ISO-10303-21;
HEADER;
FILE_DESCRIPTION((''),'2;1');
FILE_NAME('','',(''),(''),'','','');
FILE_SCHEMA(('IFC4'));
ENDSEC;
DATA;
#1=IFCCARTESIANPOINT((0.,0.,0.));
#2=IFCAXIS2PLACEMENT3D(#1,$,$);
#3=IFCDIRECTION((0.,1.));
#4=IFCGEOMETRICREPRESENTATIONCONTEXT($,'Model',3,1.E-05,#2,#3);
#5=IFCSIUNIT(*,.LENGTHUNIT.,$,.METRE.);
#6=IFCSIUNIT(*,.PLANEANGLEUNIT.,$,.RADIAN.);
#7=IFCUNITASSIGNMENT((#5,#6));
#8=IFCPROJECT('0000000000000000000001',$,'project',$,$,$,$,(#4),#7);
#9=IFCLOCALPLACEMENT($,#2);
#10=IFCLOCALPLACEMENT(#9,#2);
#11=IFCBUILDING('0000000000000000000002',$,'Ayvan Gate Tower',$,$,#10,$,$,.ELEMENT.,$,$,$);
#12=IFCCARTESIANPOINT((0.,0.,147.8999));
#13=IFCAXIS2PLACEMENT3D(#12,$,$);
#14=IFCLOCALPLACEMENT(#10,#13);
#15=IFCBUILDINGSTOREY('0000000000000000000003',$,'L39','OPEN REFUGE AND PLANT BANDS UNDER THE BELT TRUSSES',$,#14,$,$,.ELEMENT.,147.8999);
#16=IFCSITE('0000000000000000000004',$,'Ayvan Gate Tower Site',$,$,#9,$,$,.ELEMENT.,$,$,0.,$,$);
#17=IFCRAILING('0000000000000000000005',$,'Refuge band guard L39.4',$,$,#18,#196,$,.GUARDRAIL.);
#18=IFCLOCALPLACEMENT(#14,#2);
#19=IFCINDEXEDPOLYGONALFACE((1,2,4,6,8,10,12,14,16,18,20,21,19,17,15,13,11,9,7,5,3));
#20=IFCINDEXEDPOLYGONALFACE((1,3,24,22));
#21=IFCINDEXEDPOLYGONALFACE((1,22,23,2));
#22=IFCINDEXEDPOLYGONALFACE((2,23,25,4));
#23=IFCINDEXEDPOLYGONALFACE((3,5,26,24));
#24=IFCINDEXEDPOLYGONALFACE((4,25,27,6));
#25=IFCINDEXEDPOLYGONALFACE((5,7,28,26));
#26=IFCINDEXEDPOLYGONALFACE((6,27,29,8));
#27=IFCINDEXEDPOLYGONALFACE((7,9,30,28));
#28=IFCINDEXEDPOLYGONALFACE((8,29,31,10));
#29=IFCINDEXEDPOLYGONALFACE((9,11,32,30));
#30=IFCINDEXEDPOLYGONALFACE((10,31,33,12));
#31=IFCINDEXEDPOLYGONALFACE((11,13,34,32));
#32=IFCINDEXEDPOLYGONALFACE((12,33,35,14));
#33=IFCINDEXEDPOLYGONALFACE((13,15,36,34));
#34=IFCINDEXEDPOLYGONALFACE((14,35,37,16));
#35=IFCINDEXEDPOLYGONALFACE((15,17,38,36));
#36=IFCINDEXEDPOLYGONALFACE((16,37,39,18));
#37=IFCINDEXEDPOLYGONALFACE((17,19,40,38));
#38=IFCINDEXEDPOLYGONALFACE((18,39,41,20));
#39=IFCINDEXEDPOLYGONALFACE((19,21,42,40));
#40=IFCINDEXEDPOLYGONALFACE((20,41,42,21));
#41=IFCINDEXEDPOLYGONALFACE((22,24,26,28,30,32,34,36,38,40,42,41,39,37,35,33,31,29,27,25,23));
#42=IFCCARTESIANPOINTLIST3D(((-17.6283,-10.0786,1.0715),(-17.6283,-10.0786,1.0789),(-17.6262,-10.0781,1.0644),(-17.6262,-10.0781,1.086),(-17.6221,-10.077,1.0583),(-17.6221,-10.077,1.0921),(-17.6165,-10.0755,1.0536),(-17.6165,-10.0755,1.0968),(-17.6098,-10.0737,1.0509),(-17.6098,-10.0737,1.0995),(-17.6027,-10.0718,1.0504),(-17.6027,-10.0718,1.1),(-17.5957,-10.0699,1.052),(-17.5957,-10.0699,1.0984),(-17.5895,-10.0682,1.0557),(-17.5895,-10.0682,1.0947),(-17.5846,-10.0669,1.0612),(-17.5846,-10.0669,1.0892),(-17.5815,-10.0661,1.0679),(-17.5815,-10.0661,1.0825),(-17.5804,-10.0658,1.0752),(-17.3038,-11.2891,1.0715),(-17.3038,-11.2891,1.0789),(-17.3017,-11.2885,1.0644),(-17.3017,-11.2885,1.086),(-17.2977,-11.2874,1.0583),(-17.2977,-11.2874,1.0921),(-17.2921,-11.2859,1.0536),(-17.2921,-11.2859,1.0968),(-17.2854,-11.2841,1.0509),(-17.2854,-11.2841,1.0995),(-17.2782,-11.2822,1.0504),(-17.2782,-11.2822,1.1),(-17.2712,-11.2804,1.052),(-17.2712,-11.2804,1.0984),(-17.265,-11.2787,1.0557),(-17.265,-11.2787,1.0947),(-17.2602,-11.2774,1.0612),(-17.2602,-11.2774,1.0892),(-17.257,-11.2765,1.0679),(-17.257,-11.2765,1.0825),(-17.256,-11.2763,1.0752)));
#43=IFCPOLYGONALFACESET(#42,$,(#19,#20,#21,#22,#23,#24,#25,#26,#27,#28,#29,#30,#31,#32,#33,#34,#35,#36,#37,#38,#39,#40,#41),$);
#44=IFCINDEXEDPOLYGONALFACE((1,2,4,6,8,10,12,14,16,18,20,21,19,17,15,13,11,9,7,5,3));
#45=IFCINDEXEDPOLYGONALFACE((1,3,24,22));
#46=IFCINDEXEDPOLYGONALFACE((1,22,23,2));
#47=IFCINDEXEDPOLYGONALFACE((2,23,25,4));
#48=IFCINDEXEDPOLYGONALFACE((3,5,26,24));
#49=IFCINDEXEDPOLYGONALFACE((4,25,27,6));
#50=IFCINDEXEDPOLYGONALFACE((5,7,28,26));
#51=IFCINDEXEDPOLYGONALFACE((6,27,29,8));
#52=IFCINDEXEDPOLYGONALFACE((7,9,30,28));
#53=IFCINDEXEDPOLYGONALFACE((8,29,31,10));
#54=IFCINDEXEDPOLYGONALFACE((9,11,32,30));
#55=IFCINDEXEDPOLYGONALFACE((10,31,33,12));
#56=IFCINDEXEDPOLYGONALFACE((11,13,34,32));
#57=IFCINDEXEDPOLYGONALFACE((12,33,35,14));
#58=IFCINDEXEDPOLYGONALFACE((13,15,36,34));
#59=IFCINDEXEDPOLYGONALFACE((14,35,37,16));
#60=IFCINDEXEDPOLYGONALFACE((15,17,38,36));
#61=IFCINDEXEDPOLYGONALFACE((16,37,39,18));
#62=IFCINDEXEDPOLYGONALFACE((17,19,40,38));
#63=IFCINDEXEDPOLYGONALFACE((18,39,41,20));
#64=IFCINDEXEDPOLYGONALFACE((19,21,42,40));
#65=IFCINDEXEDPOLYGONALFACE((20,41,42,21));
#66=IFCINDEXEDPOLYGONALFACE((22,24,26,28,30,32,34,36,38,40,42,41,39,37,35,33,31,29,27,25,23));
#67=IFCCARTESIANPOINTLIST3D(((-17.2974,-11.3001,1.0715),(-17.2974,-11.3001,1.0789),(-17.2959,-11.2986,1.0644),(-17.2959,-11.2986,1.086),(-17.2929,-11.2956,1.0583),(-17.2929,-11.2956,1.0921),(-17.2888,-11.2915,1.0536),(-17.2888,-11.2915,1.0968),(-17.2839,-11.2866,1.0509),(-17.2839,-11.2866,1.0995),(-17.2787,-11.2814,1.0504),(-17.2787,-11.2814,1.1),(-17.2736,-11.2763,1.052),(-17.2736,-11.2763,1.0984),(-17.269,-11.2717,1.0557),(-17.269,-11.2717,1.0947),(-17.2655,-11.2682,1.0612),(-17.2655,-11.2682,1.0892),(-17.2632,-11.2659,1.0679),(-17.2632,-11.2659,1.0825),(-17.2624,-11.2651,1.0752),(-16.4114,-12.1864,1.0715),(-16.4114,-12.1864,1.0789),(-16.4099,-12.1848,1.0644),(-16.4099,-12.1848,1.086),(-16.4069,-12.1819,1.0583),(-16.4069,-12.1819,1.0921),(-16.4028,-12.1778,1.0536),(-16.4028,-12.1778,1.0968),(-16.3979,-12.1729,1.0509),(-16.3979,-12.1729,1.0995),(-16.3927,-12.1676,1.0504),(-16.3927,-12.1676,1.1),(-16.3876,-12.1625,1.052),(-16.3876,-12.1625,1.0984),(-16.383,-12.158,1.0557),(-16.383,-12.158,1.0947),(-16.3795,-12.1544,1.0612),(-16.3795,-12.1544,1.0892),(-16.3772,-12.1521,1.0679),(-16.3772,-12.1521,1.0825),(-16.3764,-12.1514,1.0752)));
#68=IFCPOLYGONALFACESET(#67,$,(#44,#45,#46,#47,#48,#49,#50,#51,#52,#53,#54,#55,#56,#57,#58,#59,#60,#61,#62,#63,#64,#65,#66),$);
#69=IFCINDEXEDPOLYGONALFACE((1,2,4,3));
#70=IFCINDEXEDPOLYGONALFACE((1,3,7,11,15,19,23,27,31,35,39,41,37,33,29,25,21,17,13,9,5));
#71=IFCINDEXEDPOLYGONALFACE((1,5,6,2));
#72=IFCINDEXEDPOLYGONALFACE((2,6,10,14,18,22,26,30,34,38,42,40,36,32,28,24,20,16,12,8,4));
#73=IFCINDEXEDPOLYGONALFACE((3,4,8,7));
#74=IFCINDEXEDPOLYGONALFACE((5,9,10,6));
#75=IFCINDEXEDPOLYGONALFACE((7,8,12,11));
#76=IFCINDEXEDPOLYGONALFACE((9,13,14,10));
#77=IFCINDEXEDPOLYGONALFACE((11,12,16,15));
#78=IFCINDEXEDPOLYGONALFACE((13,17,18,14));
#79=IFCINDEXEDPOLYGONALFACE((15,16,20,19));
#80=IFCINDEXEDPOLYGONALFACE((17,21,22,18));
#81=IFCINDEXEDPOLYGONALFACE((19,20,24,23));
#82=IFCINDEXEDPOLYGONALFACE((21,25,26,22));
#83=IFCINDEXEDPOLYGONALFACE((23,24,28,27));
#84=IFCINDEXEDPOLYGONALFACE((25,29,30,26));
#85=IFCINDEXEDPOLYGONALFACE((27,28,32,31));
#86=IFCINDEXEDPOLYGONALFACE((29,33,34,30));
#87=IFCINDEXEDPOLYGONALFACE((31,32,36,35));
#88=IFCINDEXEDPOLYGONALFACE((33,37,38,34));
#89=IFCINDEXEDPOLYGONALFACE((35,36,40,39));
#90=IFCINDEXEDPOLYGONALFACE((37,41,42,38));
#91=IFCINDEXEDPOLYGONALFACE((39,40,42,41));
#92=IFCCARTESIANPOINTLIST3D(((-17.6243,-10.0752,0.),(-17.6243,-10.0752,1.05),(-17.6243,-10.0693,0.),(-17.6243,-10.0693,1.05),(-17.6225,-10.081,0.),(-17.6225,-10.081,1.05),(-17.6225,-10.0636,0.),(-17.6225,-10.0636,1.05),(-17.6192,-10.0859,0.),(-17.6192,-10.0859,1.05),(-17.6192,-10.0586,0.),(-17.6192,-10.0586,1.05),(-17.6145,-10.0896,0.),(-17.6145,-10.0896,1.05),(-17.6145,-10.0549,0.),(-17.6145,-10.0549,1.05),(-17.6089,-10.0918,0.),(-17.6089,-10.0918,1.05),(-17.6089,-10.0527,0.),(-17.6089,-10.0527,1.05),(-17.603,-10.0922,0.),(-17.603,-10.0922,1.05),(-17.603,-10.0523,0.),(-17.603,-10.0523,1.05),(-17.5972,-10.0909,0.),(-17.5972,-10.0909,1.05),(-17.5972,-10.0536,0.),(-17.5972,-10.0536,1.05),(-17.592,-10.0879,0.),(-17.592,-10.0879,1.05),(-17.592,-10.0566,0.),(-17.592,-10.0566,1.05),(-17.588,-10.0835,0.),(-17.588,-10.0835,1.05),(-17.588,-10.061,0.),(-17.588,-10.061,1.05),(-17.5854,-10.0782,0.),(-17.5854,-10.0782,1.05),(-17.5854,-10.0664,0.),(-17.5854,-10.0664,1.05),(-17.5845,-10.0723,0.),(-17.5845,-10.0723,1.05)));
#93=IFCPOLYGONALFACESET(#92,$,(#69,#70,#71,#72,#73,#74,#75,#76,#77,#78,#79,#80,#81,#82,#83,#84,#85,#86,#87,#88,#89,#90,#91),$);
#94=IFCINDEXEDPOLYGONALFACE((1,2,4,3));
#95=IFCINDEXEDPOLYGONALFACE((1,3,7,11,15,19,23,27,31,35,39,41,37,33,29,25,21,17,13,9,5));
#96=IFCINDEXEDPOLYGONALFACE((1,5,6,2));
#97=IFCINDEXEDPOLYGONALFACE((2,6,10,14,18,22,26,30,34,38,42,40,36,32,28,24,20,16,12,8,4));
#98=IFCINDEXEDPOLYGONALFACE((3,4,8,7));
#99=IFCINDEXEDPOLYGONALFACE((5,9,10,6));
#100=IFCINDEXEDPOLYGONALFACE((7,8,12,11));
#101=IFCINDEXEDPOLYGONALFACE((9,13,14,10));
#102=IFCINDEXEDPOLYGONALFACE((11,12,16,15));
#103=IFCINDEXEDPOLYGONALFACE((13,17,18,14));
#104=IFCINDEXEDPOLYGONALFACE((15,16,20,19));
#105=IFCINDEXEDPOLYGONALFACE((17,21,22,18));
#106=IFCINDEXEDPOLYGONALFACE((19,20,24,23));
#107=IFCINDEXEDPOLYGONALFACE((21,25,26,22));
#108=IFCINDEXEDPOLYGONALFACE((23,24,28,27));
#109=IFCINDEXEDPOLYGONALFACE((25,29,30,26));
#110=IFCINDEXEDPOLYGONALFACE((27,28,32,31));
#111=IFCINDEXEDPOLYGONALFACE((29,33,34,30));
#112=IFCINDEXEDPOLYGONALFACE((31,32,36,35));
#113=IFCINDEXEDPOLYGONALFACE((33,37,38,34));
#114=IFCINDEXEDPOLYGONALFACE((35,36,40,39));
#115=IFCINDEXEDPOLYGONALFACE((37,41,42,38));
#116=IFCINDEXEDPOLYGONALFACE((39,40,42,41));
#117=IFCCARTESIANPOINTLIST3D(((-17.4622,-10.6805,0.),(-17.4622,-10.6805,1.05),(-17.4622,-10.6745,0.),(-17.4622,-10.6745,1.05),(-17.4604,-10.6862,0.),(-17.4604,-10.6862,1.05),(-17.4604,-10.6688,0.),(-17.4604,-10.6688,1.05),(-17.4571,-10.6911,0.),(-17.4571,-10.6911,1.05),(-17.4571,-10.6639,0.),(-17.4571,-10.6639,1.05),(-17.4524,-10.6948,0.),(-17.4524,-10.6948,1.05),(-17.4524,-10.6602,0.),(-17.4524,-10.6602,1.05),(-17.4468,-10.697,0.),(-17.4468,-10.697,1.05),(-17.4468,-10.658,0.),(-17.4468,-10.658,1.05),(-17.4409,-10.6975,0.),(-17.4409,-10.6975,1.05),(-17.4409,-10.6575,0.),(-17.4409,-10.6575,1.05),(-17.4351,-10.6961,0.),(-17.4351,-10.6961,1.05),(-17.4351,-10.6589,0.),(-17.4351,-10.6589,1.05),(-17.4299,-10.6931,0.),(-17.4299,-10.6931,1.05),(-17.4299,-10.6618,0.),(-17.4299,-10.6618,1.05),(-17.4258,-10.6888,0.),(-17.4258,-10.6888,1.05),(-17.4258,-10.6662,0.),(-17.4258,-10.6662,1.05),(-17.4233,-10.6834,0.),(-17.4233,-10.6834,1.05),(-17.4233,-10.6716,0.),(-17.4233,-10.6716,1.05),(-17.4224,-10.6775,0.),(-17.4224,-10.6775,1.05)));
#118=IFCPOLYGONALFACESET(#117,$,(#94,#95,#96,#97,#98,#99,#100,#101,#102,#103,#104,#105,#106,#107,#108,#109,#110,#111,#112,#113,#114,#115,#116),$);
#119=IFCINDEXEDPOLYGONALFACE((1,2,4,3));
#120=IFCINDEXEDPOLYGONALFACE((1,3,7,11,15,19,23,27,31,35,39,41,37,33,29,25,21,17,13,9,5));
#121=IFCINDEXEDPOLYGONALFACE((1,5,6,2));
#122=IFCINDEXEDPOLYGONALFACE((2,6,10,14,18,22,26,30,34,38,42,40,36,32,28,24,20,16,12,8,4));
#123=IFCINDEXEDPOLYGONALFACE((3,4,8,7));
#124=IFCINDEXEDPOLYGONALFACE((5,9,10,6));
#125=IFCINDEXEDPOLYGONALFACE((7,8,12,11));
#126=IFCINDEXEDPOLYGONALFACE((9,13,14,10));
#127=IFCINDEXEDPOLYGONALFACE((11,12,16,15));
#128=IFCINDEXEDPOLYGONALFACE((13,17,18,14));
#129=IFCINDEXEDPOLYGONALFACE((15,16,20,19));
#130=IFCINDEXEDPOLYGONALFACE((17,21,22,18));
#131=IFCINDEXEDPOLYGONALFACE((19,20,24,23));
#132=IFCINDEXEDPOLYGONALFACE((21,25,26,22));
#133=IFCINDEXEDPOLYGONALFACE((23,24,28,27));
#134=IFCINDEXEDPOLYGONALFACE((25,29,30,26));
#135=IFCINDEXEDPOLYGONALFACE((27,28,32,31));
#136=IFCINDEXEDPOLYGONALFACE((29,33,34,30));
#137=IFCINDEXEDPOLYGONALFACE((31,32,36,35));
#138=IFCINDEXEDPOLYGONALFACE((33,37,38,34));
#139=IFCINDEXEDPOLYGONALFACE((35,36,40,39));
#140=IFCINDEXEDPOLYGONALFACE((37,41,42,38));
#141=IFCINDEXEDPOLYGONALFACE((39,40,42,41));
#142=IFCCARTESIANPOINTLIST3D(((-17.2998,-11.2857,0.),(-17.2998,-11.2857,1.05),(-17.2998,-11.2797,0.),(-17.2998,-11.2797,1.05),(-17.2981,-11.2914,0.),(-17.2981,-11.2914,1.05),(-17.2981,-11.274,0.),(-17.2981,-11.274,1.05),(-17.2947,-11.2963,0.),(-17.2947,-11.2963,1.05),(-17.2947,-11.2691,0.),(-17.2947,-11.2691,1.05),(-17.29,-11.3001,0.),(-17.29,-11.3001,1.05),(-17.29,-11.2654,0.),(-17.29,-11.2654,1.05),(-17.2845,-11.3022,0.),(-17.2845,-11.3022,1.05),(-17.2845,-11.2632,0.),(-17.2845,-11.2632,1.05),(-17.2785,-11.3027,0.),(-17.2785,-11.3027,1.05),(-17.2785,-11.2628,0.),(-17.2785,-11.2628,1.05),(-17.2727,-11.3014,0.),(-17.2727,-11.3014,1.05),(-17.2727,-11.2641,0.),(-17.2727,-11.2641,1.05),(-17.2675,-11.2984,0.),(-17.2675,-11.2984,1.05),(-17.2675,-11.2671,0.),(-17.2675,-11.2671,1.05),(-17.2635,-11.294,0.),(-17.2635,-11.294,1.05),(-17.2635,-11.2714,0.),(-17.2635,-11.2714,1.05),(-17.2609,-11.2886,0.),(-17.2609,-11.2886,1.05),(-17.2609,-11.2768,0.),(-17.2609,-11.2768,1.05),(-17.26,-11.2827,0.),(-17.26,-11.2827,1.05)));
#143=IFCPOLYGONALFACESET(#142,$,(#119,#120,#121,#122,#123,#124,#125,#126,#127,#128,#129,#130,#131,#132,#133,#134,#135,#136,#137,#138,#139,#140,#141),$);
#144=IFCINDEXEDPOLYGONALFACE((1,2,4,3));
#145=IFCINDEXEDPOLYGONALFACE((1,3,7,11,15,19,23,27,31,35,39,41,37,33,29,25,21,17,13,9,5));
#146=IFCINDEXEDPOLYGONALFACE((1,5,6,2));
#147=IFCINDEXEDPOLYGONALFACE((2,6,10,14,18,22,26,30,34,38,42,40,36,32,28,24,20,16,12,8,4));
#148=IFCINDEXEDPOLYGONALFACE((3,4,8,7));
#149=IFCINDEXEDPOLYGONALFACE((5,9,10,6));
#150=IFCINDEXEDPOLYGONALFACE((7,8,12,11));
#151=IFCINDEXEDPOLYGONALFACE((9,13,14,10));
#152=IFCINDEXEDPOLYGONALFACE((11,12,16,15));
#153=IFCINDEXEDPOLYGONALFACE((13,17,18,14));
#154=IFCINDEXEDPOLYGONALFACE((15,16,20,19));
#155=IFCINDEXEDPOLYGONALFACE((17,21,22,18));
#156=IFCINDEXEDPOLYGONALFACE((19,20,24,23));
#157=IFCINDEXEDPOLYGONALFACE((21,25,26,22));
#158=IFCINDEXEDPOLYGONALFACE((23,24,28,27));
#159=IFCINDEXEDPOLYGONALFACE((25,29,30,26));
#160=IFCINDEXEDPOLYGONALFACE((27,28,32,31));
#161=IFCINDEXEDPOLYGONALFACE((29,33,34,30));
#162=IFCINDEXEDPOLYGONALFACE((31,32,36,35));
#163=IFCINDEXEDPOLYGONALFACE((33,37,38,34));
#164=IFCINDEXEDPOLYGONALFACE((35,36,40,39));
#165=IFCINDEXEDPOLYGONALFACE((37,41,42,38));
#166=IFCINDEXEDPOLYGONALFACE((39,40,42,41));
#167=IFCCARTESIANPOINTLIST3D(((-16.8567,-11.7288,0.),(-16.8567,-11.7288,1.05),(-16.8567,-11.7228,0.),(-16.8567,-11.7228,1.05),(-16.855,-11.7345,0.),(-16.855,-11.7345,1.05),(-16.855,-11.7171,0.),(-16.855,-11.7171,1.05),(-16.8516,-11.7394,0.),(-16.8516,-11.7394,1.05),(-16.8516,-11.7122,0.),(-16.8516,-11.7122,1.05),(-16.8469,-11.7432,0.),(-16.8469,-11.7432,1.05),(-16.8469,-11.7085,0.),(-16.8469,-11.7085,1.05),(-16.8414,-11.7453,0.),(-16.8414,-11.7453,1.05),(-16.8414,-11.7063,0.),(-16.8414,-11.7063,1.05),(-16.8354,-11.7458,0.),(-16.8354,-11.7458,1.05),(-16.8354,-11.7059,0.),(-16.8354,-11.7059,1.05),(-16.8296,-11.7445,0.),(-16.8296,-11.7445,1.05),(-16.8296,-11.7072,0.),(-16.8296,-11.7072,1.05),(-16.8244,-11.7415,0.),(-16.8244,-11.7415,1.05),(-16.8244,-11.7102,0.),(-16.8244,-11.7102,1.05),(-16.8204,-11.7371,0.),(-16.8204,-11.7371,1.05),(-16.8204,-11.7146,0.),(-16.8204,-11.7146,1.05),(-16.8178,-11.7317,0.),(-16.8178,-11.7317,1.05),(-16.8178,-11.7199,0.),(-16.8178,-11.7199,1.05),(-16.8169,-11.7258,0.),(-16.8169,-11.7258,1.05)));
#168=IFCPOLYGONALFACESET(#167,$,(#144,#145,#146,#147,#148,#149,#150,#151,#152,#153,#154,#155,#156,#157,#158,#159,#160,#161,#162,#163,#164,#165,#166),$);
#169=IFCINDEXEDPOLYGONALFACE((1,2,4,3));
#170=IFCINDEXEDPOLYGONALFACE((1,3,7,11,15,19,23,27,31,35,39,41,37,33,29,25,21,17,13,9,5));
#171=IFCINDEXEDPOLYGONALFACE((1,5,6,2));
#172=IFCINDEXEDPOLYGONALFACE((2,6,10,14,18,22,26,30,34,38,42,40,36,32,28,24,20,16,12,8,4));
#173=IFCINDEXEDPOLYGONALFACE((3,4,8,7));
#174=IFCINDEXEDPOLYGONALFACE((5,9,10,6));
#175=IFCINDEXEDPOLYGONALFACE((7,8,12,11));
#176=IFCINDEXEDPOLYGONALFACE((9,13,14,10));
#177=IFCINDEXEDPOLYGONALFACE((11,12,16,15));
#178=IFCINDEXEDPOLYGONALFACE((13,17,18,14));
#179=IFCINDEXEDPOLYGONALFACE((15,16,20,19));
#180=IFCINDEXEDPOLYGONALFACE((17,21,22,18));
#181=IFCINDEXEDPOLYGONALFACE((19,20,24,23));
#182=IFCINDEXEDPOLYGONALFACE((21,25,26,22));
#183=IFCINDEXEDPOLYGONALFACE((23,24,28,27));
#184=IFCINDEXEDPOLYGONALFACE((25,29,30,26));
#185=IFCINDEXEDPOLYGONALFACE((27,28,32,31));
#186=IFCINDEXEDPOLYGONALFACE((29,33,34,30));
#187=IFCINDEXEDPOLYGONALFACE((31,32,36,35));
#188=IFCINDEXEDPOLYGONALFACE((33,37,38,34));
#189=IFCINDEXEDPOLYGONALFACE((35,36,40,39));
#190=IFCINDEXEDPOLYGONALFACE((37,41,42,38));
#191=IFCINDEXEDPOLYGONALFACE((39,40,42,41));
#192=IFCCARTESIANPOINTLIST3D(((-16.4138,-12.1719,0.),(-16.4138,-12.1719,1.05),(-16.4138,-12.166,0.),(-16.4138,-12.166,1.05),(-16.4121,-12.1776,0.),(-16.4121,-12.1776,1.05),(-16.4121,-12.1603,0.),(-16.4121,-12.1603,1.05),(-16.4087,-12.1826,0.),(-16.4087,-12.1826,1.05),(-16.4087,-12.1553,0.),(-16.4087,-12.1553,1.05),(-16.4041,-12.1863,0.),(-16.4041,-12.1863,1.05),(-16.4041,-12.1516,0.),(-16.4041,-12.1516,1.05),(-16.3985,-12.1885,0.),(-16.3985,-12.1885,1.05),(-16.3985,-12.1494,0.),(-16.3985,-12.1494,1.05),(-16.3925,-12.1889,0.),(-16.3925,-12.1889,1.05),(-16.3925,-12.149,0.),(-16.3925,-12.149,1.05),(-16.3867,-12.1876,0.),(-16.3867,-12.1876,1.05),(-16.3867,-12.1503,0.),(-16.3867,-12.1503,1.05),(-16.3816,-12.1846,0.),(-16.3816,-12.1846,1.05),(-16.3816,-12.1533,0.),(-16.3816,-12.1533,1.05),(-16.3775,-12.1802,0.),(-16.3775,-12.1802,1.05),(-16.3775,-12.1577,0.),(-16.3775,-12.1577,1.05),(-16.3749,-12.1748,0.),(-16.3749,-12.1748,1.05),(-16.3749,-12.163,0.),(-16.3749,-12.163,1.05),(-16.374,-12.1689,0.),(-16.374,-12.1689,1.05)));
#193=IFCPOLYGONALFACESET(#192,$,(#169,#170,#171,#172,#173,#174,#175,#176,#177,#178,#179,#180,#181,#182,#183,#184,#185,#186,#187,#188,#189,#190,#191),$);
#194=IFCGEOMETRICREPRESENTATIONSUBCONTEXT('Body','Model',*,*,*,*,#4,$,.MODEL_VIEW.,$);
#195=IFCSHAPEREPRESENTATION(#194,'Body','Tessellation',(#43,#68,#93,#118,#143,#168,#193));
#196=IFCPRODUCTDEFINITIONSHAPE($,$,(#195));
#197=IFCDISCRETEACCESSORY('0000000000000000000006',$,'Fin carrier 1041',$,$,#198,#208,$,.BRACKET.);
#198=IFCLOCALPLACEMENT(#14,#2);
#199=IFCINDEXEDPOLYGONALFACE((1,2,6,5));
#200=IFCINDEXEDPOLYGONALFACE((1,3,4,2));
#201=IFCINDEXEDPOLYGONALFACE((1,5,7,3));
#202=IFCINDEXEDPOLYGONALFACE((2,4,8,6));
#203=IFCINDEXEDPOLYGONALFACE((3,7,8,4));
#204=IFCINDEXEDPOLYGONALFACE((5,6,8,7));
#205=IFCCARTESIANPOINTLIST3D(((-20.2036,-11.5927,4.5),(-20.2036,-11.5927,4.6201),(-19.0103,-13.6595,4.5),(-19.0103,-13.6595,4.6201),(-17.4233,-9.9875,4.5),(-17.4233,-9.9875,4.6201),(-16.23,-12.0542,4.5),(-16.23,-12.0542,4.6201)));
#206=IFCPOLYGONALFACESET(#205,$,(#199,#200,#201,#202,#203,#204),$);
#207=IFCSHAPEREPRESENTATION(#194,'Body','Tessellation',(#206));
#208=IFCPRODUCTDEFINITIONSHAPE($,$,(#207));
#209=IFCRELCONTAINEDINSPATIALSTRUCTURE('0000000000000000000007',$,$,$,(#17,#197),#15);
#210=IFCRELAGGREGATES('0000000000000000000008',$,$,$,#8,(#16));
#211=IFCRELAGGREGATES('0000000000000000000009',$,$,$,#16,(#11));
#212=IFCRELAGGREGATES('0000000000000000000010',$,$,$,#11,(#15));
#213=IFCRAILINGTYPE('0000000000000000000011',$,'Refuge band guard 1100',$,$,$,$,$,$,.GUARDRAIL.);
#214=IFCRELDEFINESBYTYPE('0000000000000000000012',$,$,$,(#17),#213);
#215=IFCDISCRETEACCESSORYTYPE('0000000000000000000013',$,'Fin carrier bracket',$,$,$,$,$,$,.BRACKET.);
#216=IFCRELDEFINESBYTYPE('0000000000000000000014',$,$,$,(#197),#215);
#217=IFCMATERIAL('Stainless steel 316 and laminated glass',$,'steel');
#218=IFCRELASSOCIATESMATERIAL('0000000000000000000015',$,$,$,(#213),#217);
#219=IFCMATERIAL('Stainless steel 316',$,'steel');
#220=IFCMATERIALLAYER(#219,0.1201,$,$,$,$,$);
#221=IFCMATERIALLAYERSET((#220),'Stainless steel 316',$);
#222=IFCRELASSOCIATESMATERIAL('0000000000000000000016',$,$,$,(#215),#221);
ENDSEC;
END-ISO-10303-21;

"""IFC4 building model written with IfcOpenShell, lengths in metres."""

from ifc_helpers import new_model, si_unit, direction, frame, origin, origin_2d, place, context, subcontext, project, spatial, rectangle, circle, extrude, material, layer, layer_set, type_object, element, save


model = new_model("IFC4")

# Units and contexts
model_context = context("Model", 3, precision=1e-05, world=origin(), true_north=direction((0.0, 1.0)))
body_context = subcontext(model_context, "Body", "Model", "MODEL_VIEW")
ifc_project = project(units=[si_unit("LENGTHUNIT", "METRE"), si_unit("PLANEANGLEUNIT", "RADIAN")], contexts=[model_context])

# Site, building, storey
site_placement = place(None, origin())
site = spatial("IfcSite", under=ifc_project, at=site_placement, Name="Ayvan Gate Tower Site", CompositionType="ELEMENT", RefElevation=0.0)
building_placement = place(site_placement, origin())
building = spatial("IfcBuilding", under=site, at=building_placement, Name="Ayvan Gate Tower", CompositionType="ELEMENT")
storey_placement = place(building_placement, frame((0.0, 0.0, 147.8999)))
storey = spatial("IfcBuildingStorey", under=building, at=storey_placement, Name="L39", Description="OPEN REFUGE AND PLANT BANDS UNDER THE BELT TRUSSES", CompositionType="ELEMENT", Elevation=147.8999)

# Railing
ifc_material_1 = material(Name="Stainless steel 316 and laminated glass", Category="steel")
railing_type_1 = type_object("IfcRailingType", Name="Refuge band guard 1100", PredefinedType="GUARDRAIL", material=ifc_material_1)
railing_1_placement = place(storey_placement, frame((-17.6045, -10.0723, 0.0)))
element("IfcRailing", 1, at=railing_1_placement, inside=storey, type_object=railing_type_1, Name="Refuge band guard L39.4", PredefinedType="GUARDRAIL", context=body_context, shape_type="SweptSolid", body=[
    extrude(circle(Radius=0.0249, at=origin_2d()), frame((0.0, 0.0, 1.0752), z_axis=(0.258911, -0.965901, 0.0), x_axis=(0.965901, 0.258911, 0.0)), (0.0, 0.0, 1.0), 1.2532),
    extrude(circle(Radius=0.0249, at=origin_2d()), frame((0.3245, -1.2104, 1.0752), z_axis=(0.707009, -0.707204, 0.0), x_axis=(0.707204, 0.707009, 0.0)), (0.0, 0.0, 1.0), 1.2532),
    extrude(circle(Radius=0.02, at=origin_2d()), origin(), (0.0, 0.0, 1.0), 1.05),
    extrude(circle(Radius=0.02, at=origin_2d()), frame((0.1621, -0.6052, 0.0)), (0.0, 0.0, 1.0), 1.05),
    extrude(circle(Radius=0.02, at=origin_2d()), frame((0.3245, -1.2104, 0.0)), (0.0, 0.0, 1.0), 1.05),
    extrude(circle(Radius=0.02, at=origin_2d()), frame((0.7676, -1.6536, 0.0)), (0.0, 0.0, 1.0), 1.05),
    extrude(circle(Radius=0.02, at=origin_2d()), frame((1.2104, -2.0967, 0.0)), (0.0, 0.0, 1.0), 1.05),
])

# Discrete accessory
ifc_material_2 = material(Name="Stainless steel 316", Category="steel")
ifc_layer_1 = layer(ifc_material_2, 0.1201)
ifc_layer_set_1 = layer_set([ifc_layer_1], Name="Stainless steel 316")
discrete_accessory_type_1 = type_object("IfcDiscreteAccessoryType", Name="Fin carrier bracket", PredefinedType="BRACKET", material=ifc_layer_set_1)
discrete_accessory_1_placement = place(storey_placement, frame((-18.2168, -11.8235, 4.5), z_axis=(0.0, 0.0, 1.0), x_axis=(0.5, -0.866025, 0.0)))
element("IfcDiscreteAccessory", 2, at=discrete_accessory_1_placement, inside=storey, type_object=discrete_accessory_type_1, Name="Fin carrier 1041", PredefinedType="BRACKET", context=body_context, shape_type="SweptSolid", body=[
    extrude(rectangle(XDim=2.3865, YDim=3.2104, at=origin_2d()), origin(), (0.0, 0.0, 1.0), 0.1201),
])

save(model, "model.ifc")
